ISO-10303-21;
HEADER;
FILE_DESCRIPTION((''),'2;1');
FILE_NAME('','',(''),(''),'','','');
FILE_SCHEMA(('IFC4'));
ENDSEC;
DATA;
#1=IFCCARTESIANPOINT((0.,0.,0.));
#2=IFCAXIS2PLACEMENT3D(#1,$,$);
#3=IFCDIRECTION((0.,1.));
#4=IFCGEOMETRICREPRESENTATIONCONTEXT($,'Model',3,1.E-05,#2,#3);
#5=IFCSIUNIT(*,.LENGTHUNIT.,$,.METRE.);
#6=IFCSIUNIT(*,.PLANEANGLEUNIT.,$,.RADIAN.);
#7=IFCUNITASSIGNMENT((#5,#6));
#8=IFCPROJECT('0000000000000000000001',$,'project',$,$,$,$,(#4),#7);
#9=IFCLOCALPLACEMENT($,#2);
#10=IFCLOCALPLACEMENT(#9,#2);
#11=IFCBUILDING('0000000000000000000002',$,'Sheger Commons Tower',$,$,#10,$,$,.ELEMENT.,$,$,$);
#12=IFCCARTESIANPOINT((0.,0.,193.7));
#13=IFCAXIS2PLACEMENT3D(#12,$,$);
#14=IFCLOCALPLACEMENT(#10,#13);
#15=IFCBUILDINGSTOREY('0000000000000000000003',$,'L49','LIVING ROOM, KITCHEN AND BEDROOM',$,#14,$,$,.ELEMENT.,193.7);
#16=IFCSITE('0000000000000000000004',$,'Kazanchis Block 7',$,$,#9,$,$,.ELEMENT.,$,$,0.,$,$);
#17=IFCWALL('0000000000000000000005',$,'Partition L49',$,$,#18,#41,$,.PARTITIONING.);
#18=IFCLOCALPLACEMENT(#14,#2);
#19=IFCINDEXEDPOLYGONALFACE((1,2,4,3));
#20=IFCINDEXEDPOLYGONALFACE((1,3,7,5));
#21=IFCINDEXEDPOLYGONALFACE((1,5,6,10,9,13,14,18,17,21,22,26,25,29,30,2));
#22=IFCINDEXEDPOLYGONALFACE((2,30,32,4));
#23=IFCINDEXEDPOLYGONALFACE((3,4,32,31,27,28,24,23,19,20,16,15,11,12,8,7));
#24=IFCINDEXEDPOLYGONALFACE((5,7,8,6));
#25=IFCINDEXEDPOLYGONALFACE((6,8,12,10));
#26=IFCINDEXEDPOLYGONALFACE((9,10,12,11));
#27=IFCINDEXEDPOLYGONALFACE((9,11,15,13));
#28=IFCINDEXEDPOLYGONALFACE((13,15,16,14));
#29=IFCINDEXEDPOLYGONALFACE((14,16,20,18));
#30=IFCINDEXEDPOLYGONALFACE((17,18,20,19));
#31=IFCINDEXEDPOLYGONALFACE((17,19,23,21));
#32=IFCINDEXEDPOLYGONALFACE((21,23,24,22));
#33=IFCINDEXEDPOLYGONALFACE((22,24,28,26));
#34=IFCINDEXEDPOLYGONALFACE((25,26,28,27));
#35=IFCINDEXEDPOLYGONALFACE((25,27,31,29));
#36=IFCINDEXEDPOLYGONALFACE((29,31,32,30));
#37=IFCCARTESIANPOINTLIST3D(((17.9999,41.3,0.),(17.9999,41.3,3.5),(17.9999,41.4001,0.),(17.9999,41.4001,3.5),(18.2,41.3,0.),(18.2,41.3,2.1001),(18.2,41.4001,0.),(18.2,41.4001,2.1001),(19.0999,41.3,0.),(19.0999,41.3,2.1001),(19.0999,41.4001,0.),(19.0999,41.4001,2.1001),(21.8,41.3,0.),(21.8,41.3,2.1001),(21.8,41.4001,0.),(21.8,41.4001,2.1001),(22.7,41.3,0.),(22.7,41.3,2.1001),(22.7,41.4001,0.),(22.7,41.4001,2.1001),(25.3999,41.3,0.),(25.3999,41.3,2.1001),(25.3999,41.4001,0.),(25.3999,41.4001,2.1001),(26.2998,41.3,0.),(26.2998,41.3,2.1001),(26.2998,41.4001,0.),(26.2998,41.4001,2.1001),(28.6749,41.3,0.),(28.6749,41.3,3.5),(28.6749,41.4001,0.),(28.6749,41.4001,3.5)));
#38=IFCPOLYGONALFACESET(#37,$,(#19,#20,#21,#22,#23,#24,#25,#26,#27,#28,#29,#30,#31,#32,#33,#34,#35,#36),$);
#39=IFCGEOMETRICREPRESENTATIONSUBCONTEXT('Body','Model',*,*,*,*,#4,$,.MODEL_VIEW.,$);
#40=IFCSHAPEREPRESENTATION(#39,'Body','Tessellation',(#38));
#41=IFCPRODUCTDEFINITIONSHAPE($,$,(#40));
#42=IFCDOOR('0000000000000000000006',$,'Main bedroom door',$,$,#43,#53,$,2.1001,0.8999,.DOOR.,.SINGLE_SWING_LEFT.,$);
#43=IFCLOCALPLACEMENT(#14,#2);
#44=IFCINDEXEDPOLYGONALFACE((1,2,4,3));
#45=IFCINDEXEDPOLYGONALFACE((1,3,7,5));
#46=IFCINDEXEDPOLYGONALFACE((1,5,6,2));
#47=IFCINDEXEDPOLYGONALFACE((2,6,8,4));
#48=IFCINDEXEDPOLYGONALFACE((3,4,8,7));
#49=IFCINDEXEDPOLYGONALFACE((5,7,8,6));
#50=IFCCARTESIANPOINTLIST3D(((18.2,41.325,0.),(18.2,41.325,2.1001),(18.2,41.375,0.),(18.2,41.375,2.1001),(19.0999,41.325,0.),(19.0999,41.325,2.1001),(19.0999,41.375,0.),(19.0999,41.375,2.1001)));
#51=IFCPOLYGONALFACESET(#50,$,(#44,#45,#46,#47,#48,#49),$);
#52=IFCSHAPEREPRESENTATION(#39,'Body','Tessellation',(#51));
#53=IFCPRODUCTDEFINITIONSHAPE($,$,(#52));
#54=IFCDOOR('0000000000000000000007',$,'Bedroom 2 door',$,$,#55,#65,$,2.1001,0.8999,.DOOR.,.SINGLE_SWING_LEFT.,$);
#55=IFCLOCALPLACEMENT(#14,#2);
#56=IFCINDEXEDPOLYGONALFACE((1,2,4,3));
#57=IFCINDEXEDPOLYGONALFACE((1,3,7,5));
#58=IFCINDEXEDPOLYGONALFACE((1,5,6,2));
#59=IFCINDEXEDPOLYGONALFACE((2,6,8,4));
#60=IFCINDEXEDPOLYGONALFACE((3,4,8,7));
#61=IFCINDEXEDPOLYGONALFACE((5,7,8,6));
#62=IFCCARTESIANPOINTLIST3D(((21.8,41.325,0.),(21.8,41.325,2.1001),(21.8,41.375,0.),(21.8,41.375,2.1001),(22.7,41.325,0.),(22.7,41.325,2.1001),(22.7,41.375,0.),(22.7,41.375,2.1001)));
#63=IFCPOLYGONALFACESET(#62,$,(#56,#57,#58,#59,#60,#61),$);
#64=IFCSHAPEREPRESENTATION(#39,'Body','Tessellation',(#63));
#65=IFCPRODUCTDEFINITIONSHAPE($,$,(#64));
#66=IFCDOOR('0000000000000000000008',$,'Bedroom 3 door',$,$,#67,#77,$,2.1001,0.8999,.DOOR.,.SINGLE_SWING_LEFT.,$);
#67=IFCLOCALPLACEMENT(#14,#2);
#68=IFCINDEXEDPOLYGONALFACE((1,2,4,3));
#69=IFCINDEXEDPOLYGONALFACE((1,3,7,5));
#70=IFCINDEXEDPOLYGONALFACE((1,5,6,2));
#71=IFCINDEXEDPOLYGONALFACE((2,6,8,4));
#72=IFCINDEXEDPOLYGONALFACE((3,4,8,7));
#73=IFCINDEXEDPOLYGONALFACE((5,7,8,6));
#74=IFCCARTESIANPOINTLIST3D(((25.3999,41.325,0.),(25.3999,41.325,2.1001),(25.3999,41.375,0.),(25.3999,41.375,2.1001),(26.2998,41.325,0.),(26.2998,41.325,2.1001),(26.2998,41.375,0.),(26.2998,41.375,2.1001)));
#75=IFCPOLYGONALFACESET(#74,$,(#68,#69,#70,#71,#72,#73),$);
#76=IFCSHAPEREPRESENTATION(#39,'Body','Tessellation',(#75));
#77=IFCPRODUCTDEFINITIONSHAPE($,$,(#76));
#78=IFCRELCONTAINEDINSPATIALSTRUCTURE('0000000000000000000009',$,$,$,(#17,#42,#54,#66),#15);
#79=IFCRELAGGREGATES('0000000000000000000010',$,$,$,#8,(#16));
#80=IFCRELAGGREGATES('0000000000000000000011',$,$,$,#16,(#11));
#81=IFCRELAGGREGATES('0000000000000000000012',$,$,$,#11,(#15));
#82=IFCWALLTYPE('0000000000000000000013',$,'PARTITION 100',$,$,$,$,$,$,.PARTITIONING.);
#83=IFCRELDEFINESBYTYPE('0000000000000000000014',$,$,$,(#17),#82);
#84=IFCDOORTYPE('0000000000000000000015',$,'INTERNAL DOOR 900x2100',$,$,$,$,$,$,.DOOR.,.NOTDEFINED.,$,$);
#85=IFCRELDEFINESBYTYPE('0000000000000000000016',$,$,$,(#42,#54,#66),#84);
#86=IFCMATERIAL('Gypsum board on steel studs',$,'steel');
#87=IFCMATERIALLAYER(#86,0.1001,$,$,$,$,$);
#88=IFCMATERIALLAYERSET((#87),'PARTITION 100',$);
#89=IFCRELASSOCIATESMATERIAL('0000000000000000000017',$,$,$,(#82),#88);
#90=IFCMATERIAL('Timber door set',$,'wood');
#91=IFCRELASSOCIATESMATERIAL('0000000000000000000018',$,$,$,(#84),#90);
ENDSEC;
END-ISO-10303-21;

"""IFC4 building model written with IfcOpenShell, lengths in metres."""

from ifc_helpers import new_model, si_unit, direction, frame, frame_2d, origin, place, context, subcontext, project, spatial, rectangle, extrude, material, layer, layer_set, type_object, element, fill, save


model = new_model("IFC4")

# Units and contexts
model_context = context("Model", 3, precision=1e-05, world=origin(), true_north=direction((0.0, 1.0)))
body_context = subcontext(model_context, "Body", "Model", "MODEL_VIEW")
ifc_project = project(units=[si_unit("LENGTHUNIT", "METRE"), si_unit("PLANEANGLEUNIT", "RADIAN")], contexts=[model_context])

# Site, building, storey
site_placement = place(None, origin())
site = spatial("IfcSite", under=ifc_project, at=site_placement, Name="Kazanchis Block 7", CompositionType="ELEMENT", RefElevation=0.0)
building_placement = place(site_placement, origin())
building = spatial("IfcBuilding", under=site, at=building_placement, Name="Sheger Commons Tower", CompositionType="ELEMENT")
storey_placement = place(building_placement, frame((0.0, 0.0, 193.7)))
storey = spatial("IfcBuildingStorey", under=building, at=storey_placement, Name="L49", Description="LIVING ROOM, KITCHEN AND BEDROOM", CompositionType="ELEMENT", Elevation=193.7)

# Wall, openings, doors
ifc_material_1 = material(Name="Gypsum board on steel studs", Category="steel")
ifc_layer_1 = layer(ifc_material_1, 0.1001)
ifc_layer_set_1 = layer_set([ifc_layer_1], Name="PARTITION 100")
wall_type_1 = type_object("IfcWallType", Name="PARTITION 100", PredefinedType="PARTITIONING", material=ifc_layer_set_1)
wall_1_placement = place(storey_placement, frame((18.0, 41.3501, 0.0), z_axis=(0.0, 0.0, 1.0), x_axis=(1.0, 0.0, 0.0)))
wall_1 = element("IfcWall", 1, at=wall_1_placement, inside=storey, type_object=wall_type_1, Name="Partition L49", PredefinedType="PARTITIONING", context=body_context, shape_type="SweptSolid", body=[
    extrude(rectangle(XDim=10.675, YDim=0.1001, at=frame_2d((5.3374, 0.0))), origin(), (0.0, 0.0, 1.0), 3.5),
])
opening_1_placement = place(wall_1_placement, frame((0.2, 0.0, 0.0)))
opening_1 = element("IfcOpeningElement", 2, at=opening_1_placement, cuts=wall_1, PredefinedType="OPENING", context=body_context, shape_type="SweptSolid", body=[
    extrude(rectangle(XDim=0.8999, YDim=2.1001, at=frame_2d((0.45, 1.05))), frame((0.0, 0.0601, 0.0), z_axis=(0.0, -1.0, 0.0), x_axis=(1.0, 0.0, 0.0)), (0.0, 0.0, 1.0), 0.1201),
])
opening_2_placement = place(wall_1_placement, frame((3.8, 0.0, 0.0)))
opening_2 = element("IfcOpeningElement", 3, at=opening_2_placement, cuts=wall_1, PredefinedType="OPENING", context=body_context, shape_type="SweptSolid", body=[
    extrude(rectangle(XDim=0.8999, YDim=2.1001, at=frame_2d((0.45, 1.05))), frame((0.0, 0.0601, 0.0), z_axis=(0.0, -1.0, 0.0), x_axis=(1.0, 0.0, 0.0)), (0.0, 0.0, 1.0), 0.1201),
])
opening_3_placement = place(wall_1_placement, frame((7.3999, 0.0, 0.0)))
opening_3 = element("IfcOpeningElement", 4, at=opening_3_placement, cuts=wall_1, PredefinedType="OPENING", context=body_context, shape_type="SweptSolid", body=[
    extrude(rectangle(XDim=0.8999, YDim=2.1001, at=frame_2d((0.45, 1.05))), frame((0.0, 0.0601, 0.0), z_axis=(0.0, -1.0, 0.0), x_axis=(1.0, 0.0, 0.0)), (0.0, 0.0, 1.0), 0.1201),
])
ifc_material_2 = material(Name="Timber door set", Category="wood")
door_type = type_object("IfcDoorType", Name="INTERNAL DOOR 900x2100", OperationType="NOTDEFINED", PredefinedType="DOOR", material=ifc_material_2)
door_1_placement = place(opening_1_placement, origin())
door_1 = element("IfcDoor", 5, at=door_1_placement, inside=storey, type_object=door_type, Name="Main bedroom door", OperationType="SINGLE_SWING_LEFT", OverallHeight=2.1001, OverallWidth=0.8999, PredefinedType="DOOR", context=body_context, shape_type="SweptSolid", body=[
    extrude(rectangle(XDim=0.8999, YDim=2.1001, at=frame_2d((0.45, 1.05))), frame((0.0, 0.0249, 0.0), z_axis=(0.0, -1.0, 0.0), x_axis=(1.0, 0.0, 0.0)), (0.0, 0.0, 1.0), 0.05),
])
fill(opening_1, door_1)
door_2_placement = place(opening_2_placement, origin())
door_2 = element("IfcDoor", 6, at=door_2_placement, inside=storey, type_object=door_type, Name="Bedroom 2 door", OperationType="SINGLE_SWING_LEFT", OverallHeight=2.1001, OverallWidth=0.8999, PredefinedType="DOOR", context=body_context, shape_type="SweptSolid", body=[
    extrude(rectangle(XDim=0.8999, YDim=2.1001, at=frame_2d((0.45, 1.05))), frame((0.0, 0.0249, 0.0), z_axis=(0.0, -1.0, 0.0), x_axis=(1.0, 0.0, 0.0)), (0.0, 0.0, 1.0), 0.05),
])
fill(opening_2, door_2)
door_3_placement = place(opening_3_placement, origin())
door_3 = element("IfcDoor", 7, at=door_3_placement, inside=storey, type_object=door_type, Name="Bedroom 3 door", OperationType="SINGLE_SWING_LEFT", OverallHeight=2.1001, OverallWidth=0.8999, PredefinedType="DOOR", context=body_context, shape_type="SweptSolid", body=[
    extrude(rectangle(XDim=0.8999, YDim=2.1001, at=frame_2d((0.45, 1.05))), frame((0.0, 0.0249, 0.0), z_axis=(0.0, -1.0, 0.0), x_axis=(1.0, 0.0, 0.0)), (0.0, 0.0, 1.0), 0.05),
])
fill(opening_3, door_3)

save(model, "model.ifc")
